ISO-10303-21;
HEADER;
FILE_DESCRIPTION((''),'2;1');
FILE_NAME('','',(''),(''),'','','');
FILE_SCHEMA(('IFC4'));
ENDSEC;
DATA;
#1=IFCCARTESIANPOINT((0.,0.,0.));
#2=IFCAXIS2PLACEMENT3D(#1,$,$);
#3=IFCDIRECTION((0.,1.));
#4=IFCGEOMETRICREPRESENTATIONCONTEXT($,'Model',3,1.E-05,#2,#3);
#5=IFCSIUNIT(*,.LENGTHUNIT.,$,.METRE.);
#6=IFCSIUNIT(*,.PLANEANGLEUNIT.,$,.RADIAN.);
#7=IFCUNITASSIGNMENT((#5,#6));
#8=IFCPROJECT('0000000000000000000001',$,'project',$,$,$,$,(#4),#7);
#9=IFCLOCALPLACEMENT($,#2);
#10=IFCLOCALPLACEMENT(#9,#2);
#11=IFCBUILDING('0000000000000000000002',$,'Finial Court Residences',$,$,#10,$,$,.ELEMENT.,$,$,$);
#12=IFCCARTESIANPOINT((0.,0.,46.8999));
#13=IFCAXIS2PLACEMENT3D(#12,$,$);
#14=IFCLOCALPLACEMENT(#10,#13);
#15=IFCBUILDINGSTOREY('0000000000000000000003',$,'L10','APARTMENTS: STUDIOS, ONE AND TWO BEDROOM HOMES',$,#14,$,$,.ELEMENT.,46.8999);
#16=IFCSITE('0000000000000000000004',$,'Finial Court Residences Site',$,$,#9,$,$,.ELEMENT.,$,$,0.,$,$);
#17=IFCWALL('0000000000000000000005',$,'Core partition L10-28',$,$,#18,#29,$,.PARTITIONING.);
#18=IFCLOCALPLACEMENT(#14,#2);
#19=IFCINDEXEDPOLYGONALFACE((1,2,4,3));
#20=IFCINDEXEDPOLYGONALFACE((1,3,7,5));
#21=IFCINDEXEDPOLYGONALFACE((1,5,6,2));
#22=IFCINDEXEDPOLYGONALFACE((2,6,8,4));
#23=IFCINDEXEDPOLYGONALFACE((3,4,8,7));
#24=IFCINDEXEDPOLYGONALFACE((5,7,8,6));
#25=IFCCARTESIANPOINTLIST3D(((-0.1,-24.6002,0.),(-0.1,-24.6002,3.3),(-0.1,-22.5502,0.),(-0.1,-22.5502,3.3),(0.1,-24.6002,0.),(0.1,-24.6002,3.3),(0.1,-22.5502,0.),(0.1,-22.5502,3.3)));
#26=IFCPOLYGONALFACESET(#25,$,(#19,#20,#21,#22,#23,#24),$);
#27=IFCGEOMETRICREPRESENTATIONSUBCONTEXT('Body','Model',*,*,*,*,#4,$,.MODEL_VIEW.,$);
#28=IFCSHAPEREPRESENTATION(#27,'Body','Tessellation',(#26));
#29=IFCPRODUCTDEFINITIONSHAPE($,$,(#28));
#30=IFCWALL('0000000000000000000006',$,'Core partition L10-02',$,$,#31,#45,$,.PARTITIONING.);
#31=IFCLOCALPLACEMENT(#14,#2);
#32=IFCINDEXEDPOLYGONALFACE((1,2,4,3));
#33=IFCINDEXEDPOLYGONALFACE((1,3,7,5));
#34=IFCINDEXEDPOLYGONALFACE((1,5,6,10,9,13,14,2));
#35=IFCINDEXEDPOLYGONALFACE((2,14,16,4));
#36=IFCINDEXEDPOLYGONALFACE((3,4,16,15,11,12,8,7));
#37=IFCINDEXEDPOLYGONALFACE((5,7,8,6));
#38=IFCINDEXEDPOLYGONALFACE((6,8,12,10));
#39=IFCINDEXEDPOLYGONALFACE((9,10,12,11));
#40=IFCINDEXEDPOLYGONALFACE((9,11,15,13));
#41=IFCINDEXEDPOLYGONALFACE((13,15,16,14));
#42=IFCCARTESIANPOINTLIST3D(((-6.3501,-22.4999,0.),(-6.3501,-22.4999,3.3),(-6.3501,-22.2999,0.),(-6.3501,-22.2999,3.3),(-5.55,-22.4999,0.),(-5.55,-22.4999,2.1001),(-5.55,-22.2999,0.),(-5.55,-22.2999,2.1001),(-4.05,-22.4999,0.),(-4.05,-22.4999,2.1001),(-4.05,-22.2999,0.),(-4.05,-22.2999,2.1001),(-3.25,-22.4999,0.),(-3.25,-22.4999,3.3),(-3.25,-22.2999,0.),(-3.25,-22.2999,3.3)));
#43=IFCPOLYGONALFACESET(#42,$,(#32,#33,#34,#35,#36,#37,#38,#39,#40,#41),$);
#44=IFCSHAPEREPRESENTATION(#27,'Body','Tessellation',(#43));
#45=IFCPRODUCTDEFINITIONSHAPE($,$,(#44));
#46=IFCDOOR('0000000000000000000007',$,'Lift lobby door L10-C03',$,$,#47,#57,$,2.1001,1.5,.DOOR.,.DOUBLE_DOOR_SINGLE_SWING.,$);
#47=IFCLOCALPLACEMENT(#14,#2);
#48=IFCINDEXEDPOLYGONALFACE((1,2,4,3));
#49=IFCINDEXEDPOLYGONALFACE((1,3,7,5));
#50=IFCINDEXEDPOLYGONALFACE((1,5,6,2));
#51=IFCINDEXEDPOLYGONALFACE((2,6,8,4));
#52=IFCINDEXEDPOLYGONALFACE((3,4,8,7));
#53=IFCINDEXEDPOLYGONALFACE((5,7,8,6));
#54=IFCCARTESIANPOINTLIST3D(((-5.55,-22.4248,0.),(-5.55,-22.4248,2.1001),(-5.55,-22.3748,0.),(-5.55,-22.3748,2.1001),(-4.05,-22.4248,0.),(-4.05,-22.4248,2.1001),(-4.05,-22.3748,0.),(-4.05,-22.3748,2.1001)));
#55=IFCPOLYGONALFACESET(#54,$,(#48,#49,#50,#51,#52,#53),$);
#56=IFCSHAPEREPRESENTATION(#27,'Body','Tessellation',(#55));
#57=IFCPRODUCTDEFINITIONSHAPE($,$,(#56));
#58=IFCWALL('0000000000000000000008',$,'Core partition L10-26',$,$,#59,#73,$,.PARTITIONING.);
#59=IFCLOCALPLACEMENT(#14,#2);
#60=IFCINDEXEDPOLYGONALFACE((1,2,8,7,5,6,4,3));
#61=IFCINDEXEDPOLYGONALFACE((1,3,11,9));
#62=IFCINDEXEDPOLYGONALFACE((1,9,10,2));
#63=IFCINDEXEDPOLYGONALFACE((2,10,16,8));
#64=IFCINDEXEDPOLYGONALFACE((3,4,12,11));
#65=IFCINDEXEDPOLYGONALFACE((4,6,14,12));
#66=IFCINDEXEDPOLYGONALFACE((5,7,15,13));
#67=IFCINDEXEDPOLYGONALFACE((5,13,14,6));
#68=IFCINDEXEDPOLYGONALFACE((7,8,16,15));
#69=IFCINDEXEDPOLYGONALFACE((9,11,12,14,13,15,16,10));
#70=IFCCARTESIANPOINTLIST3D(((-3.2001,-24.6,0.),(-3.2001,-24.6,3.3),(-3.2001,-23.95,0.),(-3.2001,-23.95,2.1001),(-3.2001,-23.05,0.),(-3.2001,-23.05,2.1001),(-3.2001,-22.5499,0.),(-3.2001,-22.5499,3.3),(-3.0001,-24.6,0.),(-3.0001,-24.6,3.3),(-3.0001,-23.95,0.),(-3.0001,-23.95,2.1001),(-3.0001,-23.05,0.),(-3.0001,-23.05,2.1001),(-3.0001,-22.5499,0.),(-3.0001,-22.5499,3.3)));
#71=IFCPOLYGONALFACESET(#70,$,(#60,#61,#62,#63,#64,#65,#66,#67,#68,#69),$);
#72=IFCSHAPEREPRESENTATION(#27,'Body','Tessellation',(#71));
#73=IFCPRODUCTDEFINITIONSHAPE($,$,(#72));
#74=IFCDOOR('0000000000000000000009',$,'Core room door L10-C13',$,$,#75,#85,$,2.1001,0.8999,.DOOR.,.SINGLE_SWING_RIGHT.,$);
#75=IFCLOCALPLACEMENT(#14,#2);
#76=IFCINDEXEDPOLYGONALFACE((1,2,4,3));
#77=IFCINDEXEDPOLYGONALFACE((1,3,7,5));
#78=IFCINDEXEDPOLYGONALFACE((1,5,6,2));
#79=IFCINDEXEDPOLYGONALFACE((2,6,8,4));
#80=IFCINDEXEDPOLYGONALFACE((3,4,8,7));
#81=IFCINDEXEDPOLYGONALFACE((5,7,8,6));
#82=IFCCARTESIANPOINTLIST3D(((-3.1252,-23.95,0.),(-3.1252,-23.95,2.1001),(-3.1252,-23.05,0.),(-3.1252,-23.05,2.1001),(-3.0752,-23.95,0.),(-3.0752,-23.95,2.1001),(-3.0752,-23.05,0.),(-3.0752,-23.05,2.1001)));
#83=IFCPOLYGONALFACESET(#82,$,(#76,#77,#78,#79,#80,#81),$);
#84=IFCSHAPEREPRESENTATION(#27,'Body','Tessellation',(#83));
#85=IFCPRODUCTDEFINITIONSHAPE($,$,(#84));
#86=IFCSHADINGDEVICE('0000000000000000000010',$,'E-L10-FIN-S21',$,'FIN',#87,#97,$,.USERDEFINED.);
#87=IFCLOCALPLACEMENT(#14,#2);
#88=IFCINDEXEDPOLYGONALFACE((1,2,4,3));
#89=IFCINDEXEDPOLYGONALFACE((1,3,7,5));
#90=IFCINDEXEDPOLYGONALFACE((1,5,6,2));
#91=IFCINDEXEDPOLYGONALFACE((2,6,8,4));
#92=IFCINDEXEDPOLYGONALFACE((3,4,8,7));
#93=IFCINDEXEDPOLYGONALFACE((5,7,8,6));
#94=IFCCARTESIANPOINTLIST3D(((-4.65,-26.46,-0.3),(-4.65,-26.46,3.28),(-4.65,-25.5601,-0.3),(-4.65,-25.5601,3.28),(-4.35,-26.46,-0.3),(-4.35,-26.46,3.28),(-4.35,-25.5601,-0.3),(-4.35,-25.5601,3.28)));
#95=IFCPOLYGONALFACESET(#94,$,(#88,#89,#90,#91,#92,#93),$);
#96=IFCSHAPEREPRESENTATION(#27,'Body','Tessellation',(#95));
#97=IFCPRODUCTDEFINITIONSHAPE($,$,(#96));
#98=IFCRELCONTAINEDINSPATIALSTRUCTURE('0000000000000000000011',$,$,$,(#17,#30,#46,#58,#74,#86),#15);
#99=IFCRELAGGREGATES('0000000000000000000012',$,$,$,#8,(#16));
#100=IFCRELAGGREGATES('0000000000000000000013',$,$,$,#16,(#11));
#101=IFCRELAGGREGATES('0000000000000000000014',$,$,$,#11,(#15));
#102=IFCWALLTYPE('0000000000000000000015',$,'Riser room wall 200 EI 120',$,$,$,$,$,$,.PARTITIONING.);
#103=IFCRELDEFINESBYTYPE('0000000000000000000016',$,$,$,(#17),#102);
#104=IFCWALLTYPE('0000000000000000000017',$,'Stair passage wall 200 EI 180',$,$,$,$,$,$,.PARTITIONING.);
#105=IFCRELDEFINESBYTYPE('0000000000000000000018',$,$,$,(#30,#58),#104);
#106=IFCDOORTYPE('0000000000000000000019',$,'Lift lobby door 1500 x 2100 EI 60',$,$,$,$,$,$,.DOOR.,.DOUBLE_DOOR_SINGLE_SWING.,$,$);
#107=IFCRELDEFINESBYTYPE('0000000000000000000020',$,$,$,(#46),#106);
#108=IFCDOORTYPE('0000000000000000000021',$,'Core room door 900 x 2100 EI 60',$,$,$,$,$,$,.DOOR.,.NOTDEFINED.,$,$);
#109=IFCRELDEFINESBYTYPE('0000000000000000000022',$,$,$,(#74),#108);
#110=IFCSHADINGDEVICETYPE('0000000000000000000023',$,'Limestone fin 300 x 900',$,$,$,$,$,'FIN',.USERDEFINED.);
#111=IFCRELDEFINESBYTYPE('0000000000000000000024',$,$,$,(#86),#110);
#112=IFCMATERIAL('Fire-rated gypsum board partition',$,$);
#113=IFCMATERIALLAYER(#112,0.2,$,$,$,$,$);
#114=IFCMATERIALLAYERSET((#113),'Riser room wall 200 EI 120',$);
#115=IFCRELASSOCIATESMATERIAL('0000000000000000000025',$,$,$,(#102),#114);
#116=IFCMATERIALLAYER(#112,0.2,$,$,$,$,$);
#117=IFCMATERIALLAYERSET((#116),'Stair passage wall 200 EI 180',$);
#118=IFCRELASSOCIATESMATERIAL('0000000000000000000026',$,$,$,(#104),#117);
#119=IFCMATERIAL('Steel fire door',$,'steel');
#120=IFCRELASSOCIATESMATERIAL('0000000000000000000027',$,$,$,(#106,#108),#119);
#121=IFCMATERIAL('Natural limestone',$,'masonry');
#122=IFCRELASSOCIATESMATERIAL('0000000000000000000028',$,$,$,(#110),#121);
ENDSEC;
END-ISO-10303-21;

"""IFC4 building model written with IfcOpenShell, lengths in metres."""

from ifc_helpers import new_model, si_unit, direction, frame, frame_2d, origin, origin_2d, place, context, subcontext, project, spatial, rectangle, extrude, material, layer, layer_set, type_object, element, fill, save


model = new_model("IFC4")

# Units and contexts
model_context = context("Model", 3, precision=1e-05, world=origin(), true_north=direction((0.0, 1.0)))
body_context = subcontext(model_context, "Body", "Model", "MODEL_VIEW")
ifc_project = project(units=[si_unit("LENGTHUNIT", "METRE"), si_unit("PLANEANGLEUNIT", "RADIAN")], contexts=[model_context])

# Site, building, storey
site_placement = place(None, origin())
site = spatial("IfcSite", under=ifc_project, at=site_placement, Name="Finial Court Residences Site", CompositionType="ELEMENT", RefElevation=0.0)
building_placement = place(site_placement, origin())
building = spatial("IfcBuilding", under=site, at=building_placement, Name="Finial Court Residences", CompositionType="ELEMENT")
storey_placement = place(building_placement, frame((0.0, 0.0, 46.8999)))
storey = spatial("IfcBuildingStorey", under=building, at=storey_placement, Name="L10", Description="APARTMENTS: STUDIOS, ONE AND TWO BEDROOM HOMES", CompositionType="ELEMENT", Elevation=46.8999)

# Shared definitions
ifc_material_1 = material(Name="Steel fire door", Category="steel")

# Wall
ifc_material_2 = material(Name="Fire-rated gypsum board partition")
ifc_layer_1 = layer(ifc_material_2, 0.2)
ifc_layer_set_1 = layer_set([ifc_layer_1], Name="Riser room wall 200 EI 120")
wall_type_1 = type_object("IfcWallType", Name="Riser room wall 200 EI 120", PredefinedType="PARTITIONING", material=ifc_layer_set_1)
wall_1_placement = place(storey_placement, frame((0.0, -24.6001, 0.0), z_axis=(0.0, 0.0, 1.0), x_axis=(0.0, 1.0, 0.0)))
element("IfcWall", 1, at=wall_1_placement, inside=storey, type_object=wall_type_1, Name="Core partition L10-28", PredefinedType="PARTITIONING", context=body_context, shape_type="SweptSolid", body=[
    extrude(rectangle(XDim=2.05, YDim=0.2, at=frame_2d((1.0249, 0.0))), origin(), (0.0, 0.0, 1.0), 3.3),
])

# Walls, openings, doors
ifc_layer_2 = layer(ifc_material_2, 0.2)
ifc_layer_set_2 = layer_set([ifc_layer_2], Name="Stair passage wall 200 EI 180")
wall_type_2 = type_object("IfcWallType", Name="Stair passage wall 200 EI 180", PredefinedType="PARTITIONING", material=ifc_layer_set_2)
wall_2_placement = place(storey_placement, frame((-3.25, -22.3999, 0.0), z_axis=(0.0, 0.0, 1.0), x_axis=(-1.0, 0.0, 0.0)))
wall_2 = element("IfcWall", 2, at=wall_2_placement, inside=storey, type_object=wall_type_2, Name="Core partition L10-02", PredefinedType="PARTITIONING", context=body_context, shape_type="SweptSolid", body=[
    extrude(rectangle(XDim=3.1001, YDim=0.2, at=frame_2d((1.55, 0.0))), origin(), (0.0, 0.0, 1.0), 3.3),
])
opening_1_placement = place(wall_2_placement, frame((0.8, 0.0, 0.0)))
opening_1 = element("IfcOpeningElement", 3, at=opening_1_placement, cuts=wall_2, PredefinedType="OPENING", context=body_context, shape_type="SweptSolid", body=[
    extrude(rectangle(XDim=1.5, YDim=2.1001, at=frame_2d((0.75, 1.05))), frame((0.0, 0.1099, 0.0), z_axis=(0.0, -1.0, 0.0), x_axis=(1.0, 0.0, 0.0)), (0.0, 0.0, 1.0), 0.22),
])
door_type_1 = type_object("IfcDoorType", Name="Lift lobby door 1500 x 2100 EI 60", OperationType="DOUBLE_DOOR_SINGLE_SWING", PredefinedType="DOOR", material=ifc_material_1)
door_1_placement = place(opening_1_placement, origin())
door_1 = element("IfcDoor", 4, at=door_1_placement, inside=storey, type_object=door_type_1, Name="Lift lobby door L10-C03", OperationType="DOUBLE_DOOR_SINGLE_SWING", OverallHeight=2.1001, OverallWidth=1.5, PredefinedType="DOOR", context=body_context, shape_type="SweptSolid", body=[
    extrude(rectangle(XDim=1.5, YDim=2.1001, at=frame_2d((0.75, 1.05))), frame((0.0, 0.0249, 0.0), z_axis=(0.0, -1.0, 0.0), x_axis=(1.0, 0.0, 0.0)), (0.0, 0.0, 1.0), 0.05),
])
fill(opening_1, door_1)
wall_3_placement = place(storey_placement, frame((-3.1001, -22.55, 0.0), z_axis=(0.0, 0.0, 1.0), x_axis=(0.0, -1.0, 0.0)))
wall_3 = element("IfcWall", 5, at=wall_3_placement, inside=storey, type_object=wall_type_2, Name="Core partition L10-26", PredefinedType="PARTITIONING", context=body_context, shape_type="SweptSolid", body=[
    extrude(rectangle(XDim=2.05, YDim=0.2, at=frame_2d((1.0249, 0.0))), origin(), (0.0, 0.0, 1.0), 3.3),
])
opening_2_placement = place(wall_3_placement, frame((0.5, 0.0, 0.0)))
opening_2 = element("IfcOpeningElement", 6, at=opening_2_placement, cuts=wall_3, PredefinedType="OPENING", context=body_context, shape_type="SweptSolid", body=[
    extrude(rectangle(XDim=0.8999, YDim=2.1001, at=frame_2d((0.45, 1.05))), frame((0.0, 0.1099, 0.0), z_axis=(0.0, -1.0, 0.0), x_axis=(1.0, 0.0, 0.0)), (0.0, 0.0, 1.0), 0.22),
])
door_type_2 = type_object("IfcDoorType", Name="Core room door 900 x 2100 EI 60", OperationType="NOTDEFINED", PredefinedType="DOOR", material=ifc_material_1)
door_2_placement = place(opening_2_placement, origin())
door_2 = element("IfcDoor", 7, at=door_2_placement, inside=storey, type_object=door_type_2, Name="Core room door L10-C13", OperationType="SINGLE_SWING_RIGHT", OverallHeight=2.1001, OverallWidth=0.8999, PredefinedType="DOOR", context=body_context, shape_type="SweptSolid", body=[
    extrude(rectangle(XDim=0.8999, YDim=2.1001, at=frame_2d((0.45, 1.05))), frame((0.0, 0.0249, 0.0), z_axis=(0.0, -1.0, 0.0), x_axis=(1.0, 0.0, 0.0)), (0.0, 0.0, 1.0), 0.05),
])
fill(opening_2, door_2)

# Shading device
ifc_material_3 = material(Name="Natural limestone", Category="masonry")
shading_device_type = type_object("IfcShadingDeviceType", Name="Limestone fin 300 x 900", ElementType="FIN", PredefinedType="USERDEFINED", material=ifc_material_3)
shading_device_placement = place(storey_placement, frame((-4.5, -26.01, -0.3), z_axis=(0.0, 0.0, 1.0), x_axis=(1.0, 0.0, 0.0)))
element("IfcShadingDevice", 8, at=shading_device_placement, inside=storey, type_object=shading_device_type, Name="E-L10-FIN-S21", ObjectType="FIN", PredefinedType="USERDEFINED", context=body_context, shape_type="SweptSolid", body=[
    extrude(rectangle(XDim=0.3, YDim=0.8999, at=origin_2d()), origin(), (0.0, 0.0, 1.0), 3.5801),
])

save(model, "model.ifc")
